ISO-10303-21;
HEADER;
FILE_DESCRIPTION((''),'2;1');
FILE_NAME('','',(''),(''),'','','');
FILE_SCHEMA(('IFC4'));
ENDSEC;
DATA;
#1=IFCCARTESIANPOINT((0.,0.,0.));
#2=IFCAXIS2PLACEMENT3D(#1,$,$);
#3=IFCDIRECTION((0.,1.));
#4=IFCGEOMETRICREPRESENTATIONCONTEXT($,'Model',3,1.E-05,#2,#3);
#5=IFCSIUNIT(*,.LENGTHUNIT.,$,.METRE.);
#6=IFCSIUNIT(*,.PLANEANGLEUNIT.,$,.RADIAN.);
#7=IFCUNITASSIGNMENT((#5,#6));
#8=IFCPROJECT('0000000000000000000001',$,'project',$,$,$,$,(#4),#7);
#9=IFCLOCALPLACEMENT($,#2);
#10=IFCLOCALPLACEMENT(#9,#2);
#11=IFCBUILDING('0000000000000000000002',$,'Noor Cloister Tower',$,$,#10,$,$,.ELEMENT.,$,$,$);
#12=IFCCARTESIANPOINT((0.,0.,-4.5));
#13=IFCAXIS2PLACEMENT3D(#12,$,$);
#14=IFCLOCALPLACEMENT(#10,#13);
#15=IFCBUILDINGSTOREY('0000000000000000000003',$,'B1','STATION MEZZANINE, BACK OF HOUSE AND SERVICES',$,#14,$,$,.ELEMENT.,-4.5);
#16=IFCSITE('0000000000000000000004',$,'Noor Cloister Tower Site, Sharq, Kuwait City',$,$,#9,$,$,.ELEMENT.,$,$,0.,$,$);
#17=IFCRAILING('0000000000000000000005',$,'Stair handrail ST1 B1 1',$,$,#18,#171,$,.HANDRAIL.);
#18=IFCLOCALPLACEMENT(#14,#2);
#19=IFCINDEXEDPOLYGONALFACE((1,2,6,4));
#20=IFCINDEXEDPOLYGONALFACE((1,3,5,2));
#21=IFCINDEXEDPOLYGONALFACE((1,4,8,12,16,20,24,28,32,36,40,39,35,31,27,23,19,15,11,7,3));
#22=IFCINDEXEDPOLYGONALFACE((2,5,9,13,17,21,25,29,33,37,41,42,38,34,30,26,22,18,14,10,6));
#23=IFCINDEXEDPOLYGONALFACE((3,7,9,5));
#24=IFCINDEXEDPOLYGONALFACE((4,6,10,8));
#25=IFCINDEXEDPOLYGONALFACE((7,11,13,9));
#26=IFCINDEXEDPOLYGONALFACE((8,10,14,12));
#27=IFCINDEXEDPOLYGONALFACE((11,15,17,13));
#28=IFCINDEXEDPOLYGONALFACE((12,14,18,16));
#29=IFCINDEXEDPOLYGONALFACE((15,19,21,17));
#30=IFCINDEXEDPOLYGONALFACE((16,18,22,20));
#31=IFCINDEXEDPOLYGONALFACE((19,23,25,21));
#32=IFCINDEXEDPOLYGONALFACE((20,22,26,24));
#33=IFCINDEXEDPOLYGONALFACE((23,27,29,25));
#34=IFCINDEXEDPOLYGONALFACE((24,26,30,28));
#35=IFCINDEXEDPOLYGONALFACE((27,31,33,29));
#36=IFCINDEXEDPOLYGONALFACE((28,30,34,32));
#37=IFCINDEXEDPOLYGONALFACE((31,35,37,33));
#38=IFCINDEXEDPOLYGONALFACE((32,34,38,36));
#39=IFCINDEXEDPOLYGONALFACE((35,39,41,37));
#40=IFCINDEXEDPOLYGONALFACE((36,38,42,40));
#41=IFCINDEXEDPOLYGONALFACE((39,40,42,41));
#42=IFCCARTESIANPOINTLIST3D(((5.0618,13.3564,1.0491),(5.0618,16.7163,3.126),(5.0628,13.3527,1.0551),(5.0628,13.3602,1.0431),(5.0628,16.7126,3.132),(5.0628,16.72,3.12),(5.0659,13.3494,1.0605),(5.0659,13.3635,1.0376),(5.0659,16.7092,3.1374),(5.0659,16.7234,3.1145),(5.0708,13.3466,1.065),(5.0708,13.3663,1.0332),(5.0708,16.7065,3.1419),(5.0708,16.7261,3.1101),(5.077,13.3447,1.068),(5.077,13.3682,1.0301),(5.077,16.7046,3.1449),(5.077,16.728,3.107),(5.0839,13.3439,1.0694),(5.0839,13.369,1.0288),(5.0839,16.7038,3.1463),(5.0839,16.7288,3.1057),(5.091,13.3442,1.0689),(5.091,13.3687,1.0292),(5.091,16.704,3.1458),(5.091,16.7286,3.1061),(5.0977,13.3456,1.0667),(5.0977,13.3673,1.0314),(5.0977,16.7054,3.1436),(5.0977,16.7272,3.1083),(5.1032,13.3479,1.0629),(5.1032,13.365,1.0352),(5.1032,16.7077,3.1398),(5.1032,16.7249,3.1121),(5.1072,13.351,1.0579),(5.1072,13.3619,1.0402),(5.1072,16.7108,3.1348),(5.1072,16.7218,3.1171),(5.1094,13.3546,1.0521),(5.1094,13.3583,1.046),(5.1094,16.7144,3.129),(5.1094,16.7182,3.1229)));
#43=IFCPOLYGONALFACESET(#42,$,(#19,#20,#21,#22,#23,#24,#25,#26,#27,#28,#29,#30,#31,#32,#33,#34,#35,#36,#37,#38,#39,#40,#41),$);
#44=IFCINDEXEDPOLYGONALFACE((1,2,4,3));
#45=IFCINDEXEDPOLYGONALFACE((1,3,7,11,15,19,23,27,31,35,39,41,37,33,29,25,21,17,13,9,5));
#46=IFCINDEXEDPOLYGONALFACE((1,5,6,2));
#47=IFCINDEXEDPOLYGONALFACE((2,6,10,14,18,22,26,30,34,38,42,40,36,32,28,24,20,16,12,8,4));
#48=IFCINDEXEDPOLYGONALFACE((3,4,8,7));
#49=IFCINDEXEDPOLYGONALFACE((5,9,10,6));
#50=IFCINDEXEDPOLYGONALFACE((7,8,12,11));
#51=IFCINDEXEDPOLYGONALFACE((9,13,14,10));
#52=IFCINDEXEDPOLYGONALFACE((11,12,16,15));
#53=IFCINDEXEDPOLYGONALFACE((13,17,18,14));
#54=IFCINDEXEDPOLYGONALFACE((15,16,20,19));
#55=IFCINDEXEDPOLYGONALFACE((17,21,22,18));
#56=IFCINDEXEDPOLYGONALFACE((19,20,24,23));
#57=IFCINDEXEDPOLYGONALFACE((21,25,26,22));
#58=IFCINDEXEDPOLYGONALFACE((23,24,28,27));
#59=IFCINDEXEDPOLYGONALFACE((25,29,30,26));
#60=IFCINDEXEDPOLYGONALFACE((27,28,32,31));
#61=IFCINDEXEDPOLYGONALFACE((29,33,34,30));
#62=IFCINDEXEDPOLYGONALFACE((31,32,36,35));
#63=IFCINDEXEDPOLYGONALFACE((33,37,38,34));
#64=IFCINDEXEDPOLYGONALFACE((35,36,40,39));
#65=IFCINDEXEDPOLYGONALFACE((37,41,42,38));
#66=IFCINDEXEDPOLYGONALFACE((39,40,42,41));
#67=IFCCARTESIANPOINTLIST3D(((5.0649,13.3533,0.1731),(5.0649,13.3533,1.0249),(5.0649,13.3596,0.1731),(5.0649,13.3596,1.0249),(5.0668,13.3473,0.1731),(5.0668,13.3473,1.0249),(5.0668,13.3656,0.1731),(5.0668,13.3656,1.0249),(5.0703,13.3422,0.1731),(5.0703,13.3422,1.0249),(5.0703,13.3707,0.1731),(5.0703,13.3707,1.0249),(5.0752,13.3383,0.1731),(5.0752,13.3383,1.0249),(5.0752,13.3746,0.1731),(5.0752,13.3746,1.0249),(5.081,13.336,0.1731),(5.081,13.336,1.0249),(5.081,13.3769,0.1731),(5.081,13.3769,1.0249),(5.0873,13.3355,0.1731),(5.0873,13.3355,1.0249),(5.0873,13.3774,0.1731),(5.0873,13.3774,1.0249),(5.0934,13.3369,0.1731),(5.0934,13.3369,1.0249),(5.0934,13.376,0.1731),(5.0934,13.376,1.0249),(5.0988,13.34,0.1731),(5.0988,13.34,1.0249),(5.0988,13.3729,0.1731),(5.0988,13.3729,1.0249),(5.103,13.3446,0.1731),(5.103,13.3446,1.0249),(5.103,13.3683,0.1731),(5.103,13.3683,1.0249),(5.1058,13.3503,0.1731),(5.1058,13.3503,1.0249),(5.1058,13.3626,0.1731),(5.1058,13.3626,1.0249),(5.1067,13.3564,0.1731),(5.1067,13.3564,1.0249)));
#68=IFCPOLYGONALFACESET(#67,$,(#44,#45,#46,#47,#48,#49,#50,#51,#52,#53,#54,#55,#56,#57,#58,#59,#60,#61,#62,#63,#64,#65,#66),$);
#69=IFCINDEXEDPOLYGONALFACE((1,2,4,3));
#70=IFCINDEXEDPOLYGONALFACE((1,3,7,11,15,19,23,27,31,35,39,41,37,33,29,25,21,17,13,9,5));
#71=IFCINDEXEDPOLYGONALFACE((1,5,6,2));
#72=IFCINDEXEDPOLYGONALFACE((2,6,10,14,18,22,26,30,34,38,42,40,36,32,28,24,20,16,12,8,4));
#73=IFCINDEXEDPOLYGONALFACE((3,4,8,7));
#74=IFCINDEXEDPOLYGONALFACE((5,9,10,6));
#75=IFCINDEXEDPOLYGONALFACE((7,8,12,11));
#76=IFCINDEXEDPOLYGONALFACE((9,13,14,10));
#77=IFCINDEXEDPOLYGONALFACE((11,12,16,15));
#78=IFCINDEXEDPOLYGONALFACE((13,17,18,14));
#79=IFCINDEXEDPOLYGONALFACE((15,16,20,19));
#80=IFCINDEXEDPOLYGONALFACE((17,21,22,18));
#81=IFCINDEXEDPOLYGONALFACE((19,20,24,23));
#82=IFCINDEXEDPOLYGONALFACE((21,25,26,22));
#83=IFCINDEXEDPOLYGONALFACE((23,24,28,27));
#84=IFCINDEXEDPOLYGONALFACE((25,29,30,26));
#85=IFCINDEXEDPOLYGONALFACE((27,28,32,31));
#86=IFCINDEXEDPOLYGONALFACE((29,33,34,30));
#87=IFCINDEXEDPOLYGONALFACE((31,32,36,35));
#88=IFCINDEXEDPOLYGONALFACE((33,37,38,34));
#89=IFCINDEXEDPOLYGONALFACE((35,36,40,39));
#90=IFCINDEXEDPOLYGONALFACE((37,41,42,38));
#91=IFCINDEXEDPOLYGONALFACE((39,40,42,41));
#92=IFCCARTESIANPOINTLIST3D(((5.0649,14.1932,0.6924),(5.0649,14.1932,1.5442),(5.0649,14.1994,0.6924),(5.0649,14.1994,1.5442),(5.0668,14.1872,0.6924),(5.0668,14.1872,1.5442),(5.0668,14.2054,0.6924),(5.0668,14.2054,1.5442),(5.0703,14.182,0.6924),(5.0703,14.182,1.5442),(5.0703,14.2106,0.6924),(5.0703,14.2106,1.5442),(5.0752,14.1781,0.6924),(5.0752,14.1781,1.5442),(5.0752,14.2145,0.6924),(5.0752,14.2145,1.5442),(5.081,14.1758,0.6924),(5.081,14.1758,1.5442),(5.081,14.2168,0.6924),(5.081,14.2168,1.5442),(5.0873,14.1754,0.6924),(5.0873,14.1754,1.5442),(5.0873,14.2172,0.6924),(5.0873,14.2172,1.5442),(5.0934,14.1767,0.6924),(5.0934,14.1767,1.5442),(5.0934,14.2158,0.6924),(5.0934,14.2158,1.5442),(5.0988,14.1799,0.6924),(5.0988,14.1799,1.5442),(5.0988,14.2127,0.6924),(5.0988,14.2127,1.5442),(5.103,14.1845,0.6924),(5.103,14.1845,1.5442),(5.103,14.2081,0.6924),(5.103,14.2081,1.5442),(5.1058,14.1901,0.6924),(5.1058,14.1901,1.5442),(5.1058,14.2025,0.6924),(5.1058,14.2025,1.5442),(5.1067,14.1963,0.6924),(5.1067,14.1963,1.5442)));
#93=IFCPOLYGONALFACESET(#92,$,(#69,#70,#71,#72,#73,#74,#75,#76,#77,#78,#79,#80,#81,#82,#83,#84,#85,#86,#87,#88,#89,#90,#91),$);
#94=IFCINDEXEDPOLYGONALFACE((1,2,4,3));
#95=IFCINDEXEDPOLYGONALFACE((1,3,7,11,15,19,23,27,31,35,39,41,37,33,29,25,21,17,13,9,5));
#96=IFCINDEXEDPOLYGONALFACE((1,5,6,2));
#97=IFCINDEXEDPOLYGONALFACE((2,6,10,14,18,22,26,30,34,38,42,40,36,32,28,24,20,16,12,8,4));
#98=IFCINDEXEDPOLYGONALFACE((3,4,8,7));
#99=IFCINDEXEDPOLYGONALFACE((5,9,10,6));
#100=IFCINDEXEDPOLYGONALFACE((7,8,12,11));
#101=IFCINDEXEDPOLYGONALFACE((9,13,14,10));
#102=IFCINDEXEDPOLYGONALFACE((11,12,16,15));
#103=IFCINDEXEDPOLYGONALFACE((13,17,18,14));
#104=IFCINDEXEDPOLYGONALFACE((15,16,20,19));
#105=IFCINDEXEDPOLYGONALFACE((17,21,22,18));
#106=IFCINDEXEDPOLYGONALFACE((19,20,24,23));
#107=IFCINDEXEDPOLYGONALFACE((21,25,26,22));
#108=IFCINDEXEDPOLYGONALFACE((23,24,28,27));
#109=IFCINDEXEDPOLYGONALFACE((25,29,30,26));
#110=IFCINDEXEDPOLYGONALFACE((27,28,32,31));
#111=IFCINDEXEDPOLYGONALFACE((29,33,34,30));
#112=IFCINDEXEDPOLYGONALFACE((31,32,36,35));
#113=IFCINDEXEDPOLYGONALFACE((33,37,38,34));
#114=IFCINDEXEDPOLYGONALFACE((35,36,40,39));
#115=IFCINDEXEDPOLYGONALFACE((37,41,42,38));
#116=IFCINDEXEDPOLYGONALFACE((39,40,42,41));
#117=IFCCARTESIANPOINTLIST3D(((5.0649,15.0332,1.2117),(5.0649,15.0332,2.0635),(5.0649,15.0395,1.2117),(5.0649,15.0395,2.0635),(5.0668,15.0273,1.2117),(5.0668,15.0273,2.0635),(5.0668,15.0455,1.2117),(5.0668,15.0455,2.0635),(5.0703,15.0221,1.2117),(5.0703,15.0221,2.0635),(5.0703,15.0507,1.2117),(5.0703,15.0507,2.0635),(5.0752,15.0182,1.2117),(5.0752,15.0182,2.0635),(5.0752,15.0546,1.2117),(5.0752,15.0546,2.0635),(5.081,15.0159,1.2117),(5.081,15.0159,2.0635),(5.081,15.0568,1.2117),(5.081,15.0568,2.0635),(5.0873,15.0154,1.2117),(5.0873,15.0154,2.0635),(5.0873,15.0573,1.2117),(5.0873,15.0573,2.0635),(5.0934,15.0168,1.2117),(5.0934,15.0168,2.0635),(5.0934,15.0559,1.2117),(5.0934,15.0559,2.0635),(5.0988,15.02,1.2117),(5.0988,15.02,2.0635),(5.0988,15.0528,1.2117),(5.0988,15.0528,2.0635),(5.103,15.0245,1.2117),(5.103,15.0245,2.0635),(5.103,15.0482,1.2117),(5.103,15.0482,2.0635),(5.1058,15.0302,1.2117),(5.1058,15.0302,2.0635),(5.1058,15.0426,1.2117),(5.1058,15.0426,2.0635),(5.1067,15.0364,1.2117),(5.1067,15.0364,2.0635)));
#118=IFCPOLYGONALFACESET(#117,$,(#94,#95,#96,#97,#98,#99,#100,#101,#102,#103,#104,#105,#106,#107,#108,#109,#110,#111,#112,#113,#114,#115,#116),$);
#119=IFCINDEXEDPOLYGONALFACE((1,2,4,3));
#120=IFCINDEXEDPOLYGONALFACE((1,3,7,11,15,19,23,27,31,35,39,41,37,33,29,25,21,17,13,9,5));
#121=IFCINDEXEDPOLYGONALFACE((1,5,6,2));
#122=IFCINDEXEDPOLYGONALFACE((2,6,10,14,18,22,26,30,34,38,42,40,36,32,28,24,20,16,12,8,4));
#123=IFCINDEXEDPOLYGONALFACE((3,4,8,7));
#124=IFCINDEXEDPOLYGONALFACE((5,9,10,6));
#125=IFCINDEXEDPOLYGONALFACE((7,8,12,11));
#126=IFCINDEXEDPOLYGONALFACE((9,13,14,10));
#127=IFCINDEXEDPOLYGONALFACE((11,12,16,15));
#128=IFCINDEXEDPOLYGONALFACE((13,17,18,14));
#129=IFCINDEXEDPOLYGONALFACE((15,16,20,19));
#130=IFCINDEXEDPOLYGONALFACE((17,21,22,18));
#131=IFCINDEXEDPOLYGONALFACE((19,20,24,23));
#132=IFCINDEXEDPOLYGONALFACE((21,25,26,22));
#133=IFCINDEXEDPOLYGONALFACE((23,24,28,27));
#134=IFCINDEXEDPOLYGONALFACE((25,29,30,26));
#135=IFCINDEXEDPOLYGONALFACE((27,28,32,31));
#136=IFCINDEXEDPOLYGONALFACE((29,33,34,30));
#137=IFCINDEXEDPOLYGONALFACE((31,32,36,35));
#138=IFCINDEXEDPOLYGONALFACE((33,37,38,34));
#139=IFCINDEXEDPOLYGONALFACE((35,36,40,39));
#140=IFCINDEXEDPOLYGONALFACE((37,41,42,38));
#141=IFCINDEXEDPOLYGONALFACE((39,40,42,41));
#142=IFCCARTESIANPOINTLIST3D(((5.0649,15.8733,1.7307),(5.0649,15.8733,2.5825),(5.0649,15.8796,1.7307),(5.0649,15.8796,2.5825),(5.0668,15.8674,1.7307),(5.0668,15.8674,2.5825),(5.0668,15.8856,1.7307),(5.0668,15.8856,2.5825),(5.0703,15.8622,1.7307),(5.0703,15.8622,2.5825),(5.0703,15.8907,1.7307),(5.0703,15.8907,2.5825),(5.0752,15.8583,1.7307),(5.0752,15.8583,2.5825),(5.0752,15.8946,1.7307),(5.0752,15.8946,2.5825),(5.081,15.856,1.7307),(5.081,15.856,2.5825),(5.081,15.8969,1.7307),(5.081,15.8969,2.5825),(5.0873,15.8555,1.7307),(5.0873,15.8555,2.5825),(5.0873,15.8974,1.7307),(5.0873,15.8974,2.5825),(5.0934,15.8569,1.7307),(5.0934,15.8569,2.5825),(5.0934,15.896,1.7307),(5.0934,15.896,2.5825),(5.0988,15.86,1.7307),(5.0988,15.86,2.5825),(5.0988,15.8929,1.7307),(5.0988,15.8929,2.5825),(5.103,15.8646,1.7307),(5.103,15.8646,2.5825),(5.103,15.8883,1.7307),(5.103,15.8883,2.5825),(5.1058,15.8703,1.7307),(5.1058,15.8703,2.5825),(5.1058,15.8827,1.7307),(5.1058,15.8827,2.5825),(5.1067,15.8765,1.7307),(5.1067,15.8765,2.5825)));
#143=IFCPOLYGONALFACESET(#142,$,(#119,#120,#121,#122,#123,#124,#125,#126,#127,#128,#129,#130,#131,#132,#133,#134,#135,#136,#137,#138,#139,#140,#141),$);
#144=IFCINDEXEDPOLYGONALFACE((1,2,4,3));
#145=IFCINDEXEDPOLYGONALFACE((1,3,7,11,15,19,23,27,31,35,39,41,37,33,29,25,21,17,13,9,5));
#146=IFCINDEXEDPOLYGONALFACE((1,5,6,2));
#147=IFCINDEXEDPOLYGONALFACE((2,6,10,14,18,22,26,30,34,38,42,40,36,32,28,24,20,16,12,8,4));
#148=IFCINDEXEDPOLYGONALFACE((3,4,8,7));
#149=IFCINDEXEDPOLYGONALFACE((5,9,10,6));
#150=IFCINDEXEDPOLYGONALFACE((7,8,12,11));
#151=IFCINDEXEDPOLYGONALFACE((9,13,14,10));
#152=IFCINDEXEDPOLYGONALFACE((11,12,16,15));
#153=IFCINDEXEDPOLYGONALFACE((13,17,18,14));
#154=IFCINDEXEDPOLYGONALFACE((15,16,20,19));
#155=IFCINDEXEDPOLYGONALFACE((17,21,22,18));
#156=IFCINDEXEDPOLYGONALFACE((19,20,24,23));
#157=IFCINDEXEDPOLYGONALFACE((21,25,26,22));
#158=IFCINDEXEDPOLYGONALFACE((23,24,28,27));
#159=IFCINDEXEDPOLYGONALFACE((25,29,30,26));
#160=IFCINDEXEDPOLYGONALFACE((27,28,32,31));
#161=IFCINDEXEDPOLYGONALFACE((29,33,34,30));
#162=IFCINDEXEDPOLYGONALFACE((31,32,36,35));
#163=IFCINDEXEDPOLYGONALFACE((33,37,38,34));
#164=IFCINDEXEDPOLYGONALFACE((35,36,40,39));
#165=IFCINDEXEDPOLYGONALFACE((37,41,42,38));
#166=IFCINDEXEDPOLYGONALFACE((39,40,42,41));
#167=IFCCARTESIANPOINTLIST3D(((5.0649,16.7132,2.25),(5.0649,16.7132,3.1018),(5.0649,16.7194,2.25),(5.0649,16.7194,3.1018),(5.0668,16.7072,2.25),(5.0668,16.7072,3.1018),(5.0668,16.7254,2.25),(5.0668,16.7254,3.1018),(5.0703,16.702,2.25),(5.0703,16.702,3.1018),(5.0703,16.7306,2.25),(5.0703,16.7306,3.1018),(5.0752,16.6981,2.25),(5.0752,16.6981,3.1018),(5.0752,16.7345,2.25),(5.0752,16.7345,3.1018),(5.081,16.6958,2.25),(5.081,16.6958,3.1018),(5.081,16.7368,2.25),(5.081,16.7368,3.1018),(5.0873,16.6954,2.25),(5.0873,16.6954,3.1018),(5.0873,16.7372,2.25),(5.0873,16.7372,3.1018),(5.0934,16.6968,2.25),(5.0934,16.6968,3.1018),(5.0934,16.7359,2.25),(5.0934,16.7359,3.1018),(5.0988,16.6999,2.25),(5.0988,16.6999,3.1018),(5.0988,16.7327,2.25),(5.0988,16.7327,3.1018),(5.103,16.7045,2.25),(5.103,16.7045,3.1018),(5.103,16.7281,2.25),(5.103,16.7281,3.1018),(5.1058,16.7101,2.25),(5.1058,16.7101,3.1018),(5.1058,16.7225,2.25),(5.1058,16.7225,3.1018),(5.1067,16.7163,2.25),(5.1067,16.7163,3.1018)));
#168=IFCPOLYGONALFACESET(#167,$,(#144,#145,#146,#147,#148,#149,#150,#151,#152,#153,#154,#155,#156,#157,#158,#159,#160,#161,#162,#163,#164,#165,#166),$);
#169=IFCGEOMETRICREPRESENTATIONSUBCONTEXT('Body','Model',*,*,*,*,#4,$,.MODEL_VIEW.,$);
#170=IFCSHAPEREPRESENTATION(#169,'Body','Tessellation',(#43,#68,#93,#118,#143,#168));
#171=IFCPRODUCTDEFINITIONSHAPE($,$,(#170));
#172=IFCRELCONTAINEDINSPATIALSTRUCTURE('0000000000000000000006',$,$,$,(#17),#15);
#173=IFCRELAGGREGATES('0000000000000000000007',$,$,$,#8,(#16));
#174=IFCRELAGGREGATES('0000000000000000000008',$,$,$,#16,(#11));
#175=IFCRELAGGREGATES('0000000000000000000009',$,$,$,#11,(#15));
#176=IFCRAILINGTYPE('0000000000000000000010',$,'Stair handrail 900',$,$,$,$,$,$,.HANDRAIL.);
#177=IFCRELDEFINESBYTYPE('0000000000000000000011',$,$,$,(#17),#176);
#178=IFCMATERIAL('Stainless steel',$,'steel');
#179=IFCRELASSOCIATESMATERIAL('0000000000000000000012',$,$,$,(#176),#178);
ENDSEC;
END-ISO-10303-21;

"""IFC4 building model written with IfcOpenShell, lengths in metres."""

from ifc_helpers import new_model, si_unit, direction, frame, origin, origin_2d, place, context, subcontext, project, spatial, circle, extrude, material, type_object, element, save


model = new_model("IFC4")

# Units and contexts
model_context = context("Model", 3, precision=1e-05, world=origin(), true_north=direction((0.0, 1.0)))
body_context = subcontext(model_context, "Body", "Model", "MODEL_VIEW")
ifc_project = project(units=[si_unit("LENGTHUNIT", "METRE"), si_unit("PLANEANGLEUNIT", "RADIAN")], contexts=[model_context])

# Site, building, storey
site_placement = place(None, origin())
site = spatial("IfcSite", under=ifc_project, at=site_placement, Name="Noor Cloister Tower Site, Sharq, Kuwait City", CompositionType="ELEMENT", RefElevation=0.0)
building_placement = place(site_placement, origin())
building = spatial("IfcBuilding", under=site, at=building_placement, Name="Noor Cloister Tower", CompositionType="ELEMENT")
storey_placement = place(building_placement, frame((0.0, 0.0, -4.5)))
storey = spatial("IfcBuildingStorey", under=building, at=storey_placement, Name="B1", Description="STATION MEZZANINE, BACK OF HOUSE AND SERVICES", CompositionType="ELEMENT", Elevation=-4.5)

# Railing
ifc_material_1 = material(Name="Stainless steel", Category="steel")
railing_type_1 = type_object("IfcRailingType", Name="Stair handrail 900", PredefinedType="HANDRAIL", material=ifc_material_1)
railing_1_placement = place(storey_placement, frame((5.0857, 13.3564, 0.1731)))
element("IfcRailing", 1, at=railing_1_placement, inside=storey, type_object=railing_type_1, Name="Stair handrail ST1 B1 1", PredefinedType="HANDRAIL", context=body_context, shape_type="SweptSolid", body=[
    extrude(circle(Radius=0.0239, at=origin_2d()), frame((0.0, 0.0, 0.876), z_axis=(0.0, 0.850606, 0.525803), x_axis=(-1.0, 0.0, 0.0)), (0.0, 0.0, 1.0), 3.95),
    extrude(circle(Radius=0.021, at=origin_2d()), origin(), (0.0, 0.0, 1.0), 0.8518),
    extrude(circle(Radius=0.021, at=origin_2d()), frame((0.0, 0.8398, 0.5193)), (0.0, 0.0, 1.0), 0.8518),
    extrude(circle(Radius=0.021, at=origin_2d()), frame((0.0, 1.6799, 1.0386)), (0.0, 0.0, 1.0), 0.8518),
    extrude(circle(Radius=0.021, at=origin_2d()), frame((0.0, 2.52, 1.5576)), (0.0, 0.0, 1.0), 0.8518),
    extrude(circle(Radius=0.021, at=origin_2d()), frame((0.0, 3.3599, 2.0769)), (0.0, 0.0, 1.0), 0.8518),
])

save(model, "model.ifc")
